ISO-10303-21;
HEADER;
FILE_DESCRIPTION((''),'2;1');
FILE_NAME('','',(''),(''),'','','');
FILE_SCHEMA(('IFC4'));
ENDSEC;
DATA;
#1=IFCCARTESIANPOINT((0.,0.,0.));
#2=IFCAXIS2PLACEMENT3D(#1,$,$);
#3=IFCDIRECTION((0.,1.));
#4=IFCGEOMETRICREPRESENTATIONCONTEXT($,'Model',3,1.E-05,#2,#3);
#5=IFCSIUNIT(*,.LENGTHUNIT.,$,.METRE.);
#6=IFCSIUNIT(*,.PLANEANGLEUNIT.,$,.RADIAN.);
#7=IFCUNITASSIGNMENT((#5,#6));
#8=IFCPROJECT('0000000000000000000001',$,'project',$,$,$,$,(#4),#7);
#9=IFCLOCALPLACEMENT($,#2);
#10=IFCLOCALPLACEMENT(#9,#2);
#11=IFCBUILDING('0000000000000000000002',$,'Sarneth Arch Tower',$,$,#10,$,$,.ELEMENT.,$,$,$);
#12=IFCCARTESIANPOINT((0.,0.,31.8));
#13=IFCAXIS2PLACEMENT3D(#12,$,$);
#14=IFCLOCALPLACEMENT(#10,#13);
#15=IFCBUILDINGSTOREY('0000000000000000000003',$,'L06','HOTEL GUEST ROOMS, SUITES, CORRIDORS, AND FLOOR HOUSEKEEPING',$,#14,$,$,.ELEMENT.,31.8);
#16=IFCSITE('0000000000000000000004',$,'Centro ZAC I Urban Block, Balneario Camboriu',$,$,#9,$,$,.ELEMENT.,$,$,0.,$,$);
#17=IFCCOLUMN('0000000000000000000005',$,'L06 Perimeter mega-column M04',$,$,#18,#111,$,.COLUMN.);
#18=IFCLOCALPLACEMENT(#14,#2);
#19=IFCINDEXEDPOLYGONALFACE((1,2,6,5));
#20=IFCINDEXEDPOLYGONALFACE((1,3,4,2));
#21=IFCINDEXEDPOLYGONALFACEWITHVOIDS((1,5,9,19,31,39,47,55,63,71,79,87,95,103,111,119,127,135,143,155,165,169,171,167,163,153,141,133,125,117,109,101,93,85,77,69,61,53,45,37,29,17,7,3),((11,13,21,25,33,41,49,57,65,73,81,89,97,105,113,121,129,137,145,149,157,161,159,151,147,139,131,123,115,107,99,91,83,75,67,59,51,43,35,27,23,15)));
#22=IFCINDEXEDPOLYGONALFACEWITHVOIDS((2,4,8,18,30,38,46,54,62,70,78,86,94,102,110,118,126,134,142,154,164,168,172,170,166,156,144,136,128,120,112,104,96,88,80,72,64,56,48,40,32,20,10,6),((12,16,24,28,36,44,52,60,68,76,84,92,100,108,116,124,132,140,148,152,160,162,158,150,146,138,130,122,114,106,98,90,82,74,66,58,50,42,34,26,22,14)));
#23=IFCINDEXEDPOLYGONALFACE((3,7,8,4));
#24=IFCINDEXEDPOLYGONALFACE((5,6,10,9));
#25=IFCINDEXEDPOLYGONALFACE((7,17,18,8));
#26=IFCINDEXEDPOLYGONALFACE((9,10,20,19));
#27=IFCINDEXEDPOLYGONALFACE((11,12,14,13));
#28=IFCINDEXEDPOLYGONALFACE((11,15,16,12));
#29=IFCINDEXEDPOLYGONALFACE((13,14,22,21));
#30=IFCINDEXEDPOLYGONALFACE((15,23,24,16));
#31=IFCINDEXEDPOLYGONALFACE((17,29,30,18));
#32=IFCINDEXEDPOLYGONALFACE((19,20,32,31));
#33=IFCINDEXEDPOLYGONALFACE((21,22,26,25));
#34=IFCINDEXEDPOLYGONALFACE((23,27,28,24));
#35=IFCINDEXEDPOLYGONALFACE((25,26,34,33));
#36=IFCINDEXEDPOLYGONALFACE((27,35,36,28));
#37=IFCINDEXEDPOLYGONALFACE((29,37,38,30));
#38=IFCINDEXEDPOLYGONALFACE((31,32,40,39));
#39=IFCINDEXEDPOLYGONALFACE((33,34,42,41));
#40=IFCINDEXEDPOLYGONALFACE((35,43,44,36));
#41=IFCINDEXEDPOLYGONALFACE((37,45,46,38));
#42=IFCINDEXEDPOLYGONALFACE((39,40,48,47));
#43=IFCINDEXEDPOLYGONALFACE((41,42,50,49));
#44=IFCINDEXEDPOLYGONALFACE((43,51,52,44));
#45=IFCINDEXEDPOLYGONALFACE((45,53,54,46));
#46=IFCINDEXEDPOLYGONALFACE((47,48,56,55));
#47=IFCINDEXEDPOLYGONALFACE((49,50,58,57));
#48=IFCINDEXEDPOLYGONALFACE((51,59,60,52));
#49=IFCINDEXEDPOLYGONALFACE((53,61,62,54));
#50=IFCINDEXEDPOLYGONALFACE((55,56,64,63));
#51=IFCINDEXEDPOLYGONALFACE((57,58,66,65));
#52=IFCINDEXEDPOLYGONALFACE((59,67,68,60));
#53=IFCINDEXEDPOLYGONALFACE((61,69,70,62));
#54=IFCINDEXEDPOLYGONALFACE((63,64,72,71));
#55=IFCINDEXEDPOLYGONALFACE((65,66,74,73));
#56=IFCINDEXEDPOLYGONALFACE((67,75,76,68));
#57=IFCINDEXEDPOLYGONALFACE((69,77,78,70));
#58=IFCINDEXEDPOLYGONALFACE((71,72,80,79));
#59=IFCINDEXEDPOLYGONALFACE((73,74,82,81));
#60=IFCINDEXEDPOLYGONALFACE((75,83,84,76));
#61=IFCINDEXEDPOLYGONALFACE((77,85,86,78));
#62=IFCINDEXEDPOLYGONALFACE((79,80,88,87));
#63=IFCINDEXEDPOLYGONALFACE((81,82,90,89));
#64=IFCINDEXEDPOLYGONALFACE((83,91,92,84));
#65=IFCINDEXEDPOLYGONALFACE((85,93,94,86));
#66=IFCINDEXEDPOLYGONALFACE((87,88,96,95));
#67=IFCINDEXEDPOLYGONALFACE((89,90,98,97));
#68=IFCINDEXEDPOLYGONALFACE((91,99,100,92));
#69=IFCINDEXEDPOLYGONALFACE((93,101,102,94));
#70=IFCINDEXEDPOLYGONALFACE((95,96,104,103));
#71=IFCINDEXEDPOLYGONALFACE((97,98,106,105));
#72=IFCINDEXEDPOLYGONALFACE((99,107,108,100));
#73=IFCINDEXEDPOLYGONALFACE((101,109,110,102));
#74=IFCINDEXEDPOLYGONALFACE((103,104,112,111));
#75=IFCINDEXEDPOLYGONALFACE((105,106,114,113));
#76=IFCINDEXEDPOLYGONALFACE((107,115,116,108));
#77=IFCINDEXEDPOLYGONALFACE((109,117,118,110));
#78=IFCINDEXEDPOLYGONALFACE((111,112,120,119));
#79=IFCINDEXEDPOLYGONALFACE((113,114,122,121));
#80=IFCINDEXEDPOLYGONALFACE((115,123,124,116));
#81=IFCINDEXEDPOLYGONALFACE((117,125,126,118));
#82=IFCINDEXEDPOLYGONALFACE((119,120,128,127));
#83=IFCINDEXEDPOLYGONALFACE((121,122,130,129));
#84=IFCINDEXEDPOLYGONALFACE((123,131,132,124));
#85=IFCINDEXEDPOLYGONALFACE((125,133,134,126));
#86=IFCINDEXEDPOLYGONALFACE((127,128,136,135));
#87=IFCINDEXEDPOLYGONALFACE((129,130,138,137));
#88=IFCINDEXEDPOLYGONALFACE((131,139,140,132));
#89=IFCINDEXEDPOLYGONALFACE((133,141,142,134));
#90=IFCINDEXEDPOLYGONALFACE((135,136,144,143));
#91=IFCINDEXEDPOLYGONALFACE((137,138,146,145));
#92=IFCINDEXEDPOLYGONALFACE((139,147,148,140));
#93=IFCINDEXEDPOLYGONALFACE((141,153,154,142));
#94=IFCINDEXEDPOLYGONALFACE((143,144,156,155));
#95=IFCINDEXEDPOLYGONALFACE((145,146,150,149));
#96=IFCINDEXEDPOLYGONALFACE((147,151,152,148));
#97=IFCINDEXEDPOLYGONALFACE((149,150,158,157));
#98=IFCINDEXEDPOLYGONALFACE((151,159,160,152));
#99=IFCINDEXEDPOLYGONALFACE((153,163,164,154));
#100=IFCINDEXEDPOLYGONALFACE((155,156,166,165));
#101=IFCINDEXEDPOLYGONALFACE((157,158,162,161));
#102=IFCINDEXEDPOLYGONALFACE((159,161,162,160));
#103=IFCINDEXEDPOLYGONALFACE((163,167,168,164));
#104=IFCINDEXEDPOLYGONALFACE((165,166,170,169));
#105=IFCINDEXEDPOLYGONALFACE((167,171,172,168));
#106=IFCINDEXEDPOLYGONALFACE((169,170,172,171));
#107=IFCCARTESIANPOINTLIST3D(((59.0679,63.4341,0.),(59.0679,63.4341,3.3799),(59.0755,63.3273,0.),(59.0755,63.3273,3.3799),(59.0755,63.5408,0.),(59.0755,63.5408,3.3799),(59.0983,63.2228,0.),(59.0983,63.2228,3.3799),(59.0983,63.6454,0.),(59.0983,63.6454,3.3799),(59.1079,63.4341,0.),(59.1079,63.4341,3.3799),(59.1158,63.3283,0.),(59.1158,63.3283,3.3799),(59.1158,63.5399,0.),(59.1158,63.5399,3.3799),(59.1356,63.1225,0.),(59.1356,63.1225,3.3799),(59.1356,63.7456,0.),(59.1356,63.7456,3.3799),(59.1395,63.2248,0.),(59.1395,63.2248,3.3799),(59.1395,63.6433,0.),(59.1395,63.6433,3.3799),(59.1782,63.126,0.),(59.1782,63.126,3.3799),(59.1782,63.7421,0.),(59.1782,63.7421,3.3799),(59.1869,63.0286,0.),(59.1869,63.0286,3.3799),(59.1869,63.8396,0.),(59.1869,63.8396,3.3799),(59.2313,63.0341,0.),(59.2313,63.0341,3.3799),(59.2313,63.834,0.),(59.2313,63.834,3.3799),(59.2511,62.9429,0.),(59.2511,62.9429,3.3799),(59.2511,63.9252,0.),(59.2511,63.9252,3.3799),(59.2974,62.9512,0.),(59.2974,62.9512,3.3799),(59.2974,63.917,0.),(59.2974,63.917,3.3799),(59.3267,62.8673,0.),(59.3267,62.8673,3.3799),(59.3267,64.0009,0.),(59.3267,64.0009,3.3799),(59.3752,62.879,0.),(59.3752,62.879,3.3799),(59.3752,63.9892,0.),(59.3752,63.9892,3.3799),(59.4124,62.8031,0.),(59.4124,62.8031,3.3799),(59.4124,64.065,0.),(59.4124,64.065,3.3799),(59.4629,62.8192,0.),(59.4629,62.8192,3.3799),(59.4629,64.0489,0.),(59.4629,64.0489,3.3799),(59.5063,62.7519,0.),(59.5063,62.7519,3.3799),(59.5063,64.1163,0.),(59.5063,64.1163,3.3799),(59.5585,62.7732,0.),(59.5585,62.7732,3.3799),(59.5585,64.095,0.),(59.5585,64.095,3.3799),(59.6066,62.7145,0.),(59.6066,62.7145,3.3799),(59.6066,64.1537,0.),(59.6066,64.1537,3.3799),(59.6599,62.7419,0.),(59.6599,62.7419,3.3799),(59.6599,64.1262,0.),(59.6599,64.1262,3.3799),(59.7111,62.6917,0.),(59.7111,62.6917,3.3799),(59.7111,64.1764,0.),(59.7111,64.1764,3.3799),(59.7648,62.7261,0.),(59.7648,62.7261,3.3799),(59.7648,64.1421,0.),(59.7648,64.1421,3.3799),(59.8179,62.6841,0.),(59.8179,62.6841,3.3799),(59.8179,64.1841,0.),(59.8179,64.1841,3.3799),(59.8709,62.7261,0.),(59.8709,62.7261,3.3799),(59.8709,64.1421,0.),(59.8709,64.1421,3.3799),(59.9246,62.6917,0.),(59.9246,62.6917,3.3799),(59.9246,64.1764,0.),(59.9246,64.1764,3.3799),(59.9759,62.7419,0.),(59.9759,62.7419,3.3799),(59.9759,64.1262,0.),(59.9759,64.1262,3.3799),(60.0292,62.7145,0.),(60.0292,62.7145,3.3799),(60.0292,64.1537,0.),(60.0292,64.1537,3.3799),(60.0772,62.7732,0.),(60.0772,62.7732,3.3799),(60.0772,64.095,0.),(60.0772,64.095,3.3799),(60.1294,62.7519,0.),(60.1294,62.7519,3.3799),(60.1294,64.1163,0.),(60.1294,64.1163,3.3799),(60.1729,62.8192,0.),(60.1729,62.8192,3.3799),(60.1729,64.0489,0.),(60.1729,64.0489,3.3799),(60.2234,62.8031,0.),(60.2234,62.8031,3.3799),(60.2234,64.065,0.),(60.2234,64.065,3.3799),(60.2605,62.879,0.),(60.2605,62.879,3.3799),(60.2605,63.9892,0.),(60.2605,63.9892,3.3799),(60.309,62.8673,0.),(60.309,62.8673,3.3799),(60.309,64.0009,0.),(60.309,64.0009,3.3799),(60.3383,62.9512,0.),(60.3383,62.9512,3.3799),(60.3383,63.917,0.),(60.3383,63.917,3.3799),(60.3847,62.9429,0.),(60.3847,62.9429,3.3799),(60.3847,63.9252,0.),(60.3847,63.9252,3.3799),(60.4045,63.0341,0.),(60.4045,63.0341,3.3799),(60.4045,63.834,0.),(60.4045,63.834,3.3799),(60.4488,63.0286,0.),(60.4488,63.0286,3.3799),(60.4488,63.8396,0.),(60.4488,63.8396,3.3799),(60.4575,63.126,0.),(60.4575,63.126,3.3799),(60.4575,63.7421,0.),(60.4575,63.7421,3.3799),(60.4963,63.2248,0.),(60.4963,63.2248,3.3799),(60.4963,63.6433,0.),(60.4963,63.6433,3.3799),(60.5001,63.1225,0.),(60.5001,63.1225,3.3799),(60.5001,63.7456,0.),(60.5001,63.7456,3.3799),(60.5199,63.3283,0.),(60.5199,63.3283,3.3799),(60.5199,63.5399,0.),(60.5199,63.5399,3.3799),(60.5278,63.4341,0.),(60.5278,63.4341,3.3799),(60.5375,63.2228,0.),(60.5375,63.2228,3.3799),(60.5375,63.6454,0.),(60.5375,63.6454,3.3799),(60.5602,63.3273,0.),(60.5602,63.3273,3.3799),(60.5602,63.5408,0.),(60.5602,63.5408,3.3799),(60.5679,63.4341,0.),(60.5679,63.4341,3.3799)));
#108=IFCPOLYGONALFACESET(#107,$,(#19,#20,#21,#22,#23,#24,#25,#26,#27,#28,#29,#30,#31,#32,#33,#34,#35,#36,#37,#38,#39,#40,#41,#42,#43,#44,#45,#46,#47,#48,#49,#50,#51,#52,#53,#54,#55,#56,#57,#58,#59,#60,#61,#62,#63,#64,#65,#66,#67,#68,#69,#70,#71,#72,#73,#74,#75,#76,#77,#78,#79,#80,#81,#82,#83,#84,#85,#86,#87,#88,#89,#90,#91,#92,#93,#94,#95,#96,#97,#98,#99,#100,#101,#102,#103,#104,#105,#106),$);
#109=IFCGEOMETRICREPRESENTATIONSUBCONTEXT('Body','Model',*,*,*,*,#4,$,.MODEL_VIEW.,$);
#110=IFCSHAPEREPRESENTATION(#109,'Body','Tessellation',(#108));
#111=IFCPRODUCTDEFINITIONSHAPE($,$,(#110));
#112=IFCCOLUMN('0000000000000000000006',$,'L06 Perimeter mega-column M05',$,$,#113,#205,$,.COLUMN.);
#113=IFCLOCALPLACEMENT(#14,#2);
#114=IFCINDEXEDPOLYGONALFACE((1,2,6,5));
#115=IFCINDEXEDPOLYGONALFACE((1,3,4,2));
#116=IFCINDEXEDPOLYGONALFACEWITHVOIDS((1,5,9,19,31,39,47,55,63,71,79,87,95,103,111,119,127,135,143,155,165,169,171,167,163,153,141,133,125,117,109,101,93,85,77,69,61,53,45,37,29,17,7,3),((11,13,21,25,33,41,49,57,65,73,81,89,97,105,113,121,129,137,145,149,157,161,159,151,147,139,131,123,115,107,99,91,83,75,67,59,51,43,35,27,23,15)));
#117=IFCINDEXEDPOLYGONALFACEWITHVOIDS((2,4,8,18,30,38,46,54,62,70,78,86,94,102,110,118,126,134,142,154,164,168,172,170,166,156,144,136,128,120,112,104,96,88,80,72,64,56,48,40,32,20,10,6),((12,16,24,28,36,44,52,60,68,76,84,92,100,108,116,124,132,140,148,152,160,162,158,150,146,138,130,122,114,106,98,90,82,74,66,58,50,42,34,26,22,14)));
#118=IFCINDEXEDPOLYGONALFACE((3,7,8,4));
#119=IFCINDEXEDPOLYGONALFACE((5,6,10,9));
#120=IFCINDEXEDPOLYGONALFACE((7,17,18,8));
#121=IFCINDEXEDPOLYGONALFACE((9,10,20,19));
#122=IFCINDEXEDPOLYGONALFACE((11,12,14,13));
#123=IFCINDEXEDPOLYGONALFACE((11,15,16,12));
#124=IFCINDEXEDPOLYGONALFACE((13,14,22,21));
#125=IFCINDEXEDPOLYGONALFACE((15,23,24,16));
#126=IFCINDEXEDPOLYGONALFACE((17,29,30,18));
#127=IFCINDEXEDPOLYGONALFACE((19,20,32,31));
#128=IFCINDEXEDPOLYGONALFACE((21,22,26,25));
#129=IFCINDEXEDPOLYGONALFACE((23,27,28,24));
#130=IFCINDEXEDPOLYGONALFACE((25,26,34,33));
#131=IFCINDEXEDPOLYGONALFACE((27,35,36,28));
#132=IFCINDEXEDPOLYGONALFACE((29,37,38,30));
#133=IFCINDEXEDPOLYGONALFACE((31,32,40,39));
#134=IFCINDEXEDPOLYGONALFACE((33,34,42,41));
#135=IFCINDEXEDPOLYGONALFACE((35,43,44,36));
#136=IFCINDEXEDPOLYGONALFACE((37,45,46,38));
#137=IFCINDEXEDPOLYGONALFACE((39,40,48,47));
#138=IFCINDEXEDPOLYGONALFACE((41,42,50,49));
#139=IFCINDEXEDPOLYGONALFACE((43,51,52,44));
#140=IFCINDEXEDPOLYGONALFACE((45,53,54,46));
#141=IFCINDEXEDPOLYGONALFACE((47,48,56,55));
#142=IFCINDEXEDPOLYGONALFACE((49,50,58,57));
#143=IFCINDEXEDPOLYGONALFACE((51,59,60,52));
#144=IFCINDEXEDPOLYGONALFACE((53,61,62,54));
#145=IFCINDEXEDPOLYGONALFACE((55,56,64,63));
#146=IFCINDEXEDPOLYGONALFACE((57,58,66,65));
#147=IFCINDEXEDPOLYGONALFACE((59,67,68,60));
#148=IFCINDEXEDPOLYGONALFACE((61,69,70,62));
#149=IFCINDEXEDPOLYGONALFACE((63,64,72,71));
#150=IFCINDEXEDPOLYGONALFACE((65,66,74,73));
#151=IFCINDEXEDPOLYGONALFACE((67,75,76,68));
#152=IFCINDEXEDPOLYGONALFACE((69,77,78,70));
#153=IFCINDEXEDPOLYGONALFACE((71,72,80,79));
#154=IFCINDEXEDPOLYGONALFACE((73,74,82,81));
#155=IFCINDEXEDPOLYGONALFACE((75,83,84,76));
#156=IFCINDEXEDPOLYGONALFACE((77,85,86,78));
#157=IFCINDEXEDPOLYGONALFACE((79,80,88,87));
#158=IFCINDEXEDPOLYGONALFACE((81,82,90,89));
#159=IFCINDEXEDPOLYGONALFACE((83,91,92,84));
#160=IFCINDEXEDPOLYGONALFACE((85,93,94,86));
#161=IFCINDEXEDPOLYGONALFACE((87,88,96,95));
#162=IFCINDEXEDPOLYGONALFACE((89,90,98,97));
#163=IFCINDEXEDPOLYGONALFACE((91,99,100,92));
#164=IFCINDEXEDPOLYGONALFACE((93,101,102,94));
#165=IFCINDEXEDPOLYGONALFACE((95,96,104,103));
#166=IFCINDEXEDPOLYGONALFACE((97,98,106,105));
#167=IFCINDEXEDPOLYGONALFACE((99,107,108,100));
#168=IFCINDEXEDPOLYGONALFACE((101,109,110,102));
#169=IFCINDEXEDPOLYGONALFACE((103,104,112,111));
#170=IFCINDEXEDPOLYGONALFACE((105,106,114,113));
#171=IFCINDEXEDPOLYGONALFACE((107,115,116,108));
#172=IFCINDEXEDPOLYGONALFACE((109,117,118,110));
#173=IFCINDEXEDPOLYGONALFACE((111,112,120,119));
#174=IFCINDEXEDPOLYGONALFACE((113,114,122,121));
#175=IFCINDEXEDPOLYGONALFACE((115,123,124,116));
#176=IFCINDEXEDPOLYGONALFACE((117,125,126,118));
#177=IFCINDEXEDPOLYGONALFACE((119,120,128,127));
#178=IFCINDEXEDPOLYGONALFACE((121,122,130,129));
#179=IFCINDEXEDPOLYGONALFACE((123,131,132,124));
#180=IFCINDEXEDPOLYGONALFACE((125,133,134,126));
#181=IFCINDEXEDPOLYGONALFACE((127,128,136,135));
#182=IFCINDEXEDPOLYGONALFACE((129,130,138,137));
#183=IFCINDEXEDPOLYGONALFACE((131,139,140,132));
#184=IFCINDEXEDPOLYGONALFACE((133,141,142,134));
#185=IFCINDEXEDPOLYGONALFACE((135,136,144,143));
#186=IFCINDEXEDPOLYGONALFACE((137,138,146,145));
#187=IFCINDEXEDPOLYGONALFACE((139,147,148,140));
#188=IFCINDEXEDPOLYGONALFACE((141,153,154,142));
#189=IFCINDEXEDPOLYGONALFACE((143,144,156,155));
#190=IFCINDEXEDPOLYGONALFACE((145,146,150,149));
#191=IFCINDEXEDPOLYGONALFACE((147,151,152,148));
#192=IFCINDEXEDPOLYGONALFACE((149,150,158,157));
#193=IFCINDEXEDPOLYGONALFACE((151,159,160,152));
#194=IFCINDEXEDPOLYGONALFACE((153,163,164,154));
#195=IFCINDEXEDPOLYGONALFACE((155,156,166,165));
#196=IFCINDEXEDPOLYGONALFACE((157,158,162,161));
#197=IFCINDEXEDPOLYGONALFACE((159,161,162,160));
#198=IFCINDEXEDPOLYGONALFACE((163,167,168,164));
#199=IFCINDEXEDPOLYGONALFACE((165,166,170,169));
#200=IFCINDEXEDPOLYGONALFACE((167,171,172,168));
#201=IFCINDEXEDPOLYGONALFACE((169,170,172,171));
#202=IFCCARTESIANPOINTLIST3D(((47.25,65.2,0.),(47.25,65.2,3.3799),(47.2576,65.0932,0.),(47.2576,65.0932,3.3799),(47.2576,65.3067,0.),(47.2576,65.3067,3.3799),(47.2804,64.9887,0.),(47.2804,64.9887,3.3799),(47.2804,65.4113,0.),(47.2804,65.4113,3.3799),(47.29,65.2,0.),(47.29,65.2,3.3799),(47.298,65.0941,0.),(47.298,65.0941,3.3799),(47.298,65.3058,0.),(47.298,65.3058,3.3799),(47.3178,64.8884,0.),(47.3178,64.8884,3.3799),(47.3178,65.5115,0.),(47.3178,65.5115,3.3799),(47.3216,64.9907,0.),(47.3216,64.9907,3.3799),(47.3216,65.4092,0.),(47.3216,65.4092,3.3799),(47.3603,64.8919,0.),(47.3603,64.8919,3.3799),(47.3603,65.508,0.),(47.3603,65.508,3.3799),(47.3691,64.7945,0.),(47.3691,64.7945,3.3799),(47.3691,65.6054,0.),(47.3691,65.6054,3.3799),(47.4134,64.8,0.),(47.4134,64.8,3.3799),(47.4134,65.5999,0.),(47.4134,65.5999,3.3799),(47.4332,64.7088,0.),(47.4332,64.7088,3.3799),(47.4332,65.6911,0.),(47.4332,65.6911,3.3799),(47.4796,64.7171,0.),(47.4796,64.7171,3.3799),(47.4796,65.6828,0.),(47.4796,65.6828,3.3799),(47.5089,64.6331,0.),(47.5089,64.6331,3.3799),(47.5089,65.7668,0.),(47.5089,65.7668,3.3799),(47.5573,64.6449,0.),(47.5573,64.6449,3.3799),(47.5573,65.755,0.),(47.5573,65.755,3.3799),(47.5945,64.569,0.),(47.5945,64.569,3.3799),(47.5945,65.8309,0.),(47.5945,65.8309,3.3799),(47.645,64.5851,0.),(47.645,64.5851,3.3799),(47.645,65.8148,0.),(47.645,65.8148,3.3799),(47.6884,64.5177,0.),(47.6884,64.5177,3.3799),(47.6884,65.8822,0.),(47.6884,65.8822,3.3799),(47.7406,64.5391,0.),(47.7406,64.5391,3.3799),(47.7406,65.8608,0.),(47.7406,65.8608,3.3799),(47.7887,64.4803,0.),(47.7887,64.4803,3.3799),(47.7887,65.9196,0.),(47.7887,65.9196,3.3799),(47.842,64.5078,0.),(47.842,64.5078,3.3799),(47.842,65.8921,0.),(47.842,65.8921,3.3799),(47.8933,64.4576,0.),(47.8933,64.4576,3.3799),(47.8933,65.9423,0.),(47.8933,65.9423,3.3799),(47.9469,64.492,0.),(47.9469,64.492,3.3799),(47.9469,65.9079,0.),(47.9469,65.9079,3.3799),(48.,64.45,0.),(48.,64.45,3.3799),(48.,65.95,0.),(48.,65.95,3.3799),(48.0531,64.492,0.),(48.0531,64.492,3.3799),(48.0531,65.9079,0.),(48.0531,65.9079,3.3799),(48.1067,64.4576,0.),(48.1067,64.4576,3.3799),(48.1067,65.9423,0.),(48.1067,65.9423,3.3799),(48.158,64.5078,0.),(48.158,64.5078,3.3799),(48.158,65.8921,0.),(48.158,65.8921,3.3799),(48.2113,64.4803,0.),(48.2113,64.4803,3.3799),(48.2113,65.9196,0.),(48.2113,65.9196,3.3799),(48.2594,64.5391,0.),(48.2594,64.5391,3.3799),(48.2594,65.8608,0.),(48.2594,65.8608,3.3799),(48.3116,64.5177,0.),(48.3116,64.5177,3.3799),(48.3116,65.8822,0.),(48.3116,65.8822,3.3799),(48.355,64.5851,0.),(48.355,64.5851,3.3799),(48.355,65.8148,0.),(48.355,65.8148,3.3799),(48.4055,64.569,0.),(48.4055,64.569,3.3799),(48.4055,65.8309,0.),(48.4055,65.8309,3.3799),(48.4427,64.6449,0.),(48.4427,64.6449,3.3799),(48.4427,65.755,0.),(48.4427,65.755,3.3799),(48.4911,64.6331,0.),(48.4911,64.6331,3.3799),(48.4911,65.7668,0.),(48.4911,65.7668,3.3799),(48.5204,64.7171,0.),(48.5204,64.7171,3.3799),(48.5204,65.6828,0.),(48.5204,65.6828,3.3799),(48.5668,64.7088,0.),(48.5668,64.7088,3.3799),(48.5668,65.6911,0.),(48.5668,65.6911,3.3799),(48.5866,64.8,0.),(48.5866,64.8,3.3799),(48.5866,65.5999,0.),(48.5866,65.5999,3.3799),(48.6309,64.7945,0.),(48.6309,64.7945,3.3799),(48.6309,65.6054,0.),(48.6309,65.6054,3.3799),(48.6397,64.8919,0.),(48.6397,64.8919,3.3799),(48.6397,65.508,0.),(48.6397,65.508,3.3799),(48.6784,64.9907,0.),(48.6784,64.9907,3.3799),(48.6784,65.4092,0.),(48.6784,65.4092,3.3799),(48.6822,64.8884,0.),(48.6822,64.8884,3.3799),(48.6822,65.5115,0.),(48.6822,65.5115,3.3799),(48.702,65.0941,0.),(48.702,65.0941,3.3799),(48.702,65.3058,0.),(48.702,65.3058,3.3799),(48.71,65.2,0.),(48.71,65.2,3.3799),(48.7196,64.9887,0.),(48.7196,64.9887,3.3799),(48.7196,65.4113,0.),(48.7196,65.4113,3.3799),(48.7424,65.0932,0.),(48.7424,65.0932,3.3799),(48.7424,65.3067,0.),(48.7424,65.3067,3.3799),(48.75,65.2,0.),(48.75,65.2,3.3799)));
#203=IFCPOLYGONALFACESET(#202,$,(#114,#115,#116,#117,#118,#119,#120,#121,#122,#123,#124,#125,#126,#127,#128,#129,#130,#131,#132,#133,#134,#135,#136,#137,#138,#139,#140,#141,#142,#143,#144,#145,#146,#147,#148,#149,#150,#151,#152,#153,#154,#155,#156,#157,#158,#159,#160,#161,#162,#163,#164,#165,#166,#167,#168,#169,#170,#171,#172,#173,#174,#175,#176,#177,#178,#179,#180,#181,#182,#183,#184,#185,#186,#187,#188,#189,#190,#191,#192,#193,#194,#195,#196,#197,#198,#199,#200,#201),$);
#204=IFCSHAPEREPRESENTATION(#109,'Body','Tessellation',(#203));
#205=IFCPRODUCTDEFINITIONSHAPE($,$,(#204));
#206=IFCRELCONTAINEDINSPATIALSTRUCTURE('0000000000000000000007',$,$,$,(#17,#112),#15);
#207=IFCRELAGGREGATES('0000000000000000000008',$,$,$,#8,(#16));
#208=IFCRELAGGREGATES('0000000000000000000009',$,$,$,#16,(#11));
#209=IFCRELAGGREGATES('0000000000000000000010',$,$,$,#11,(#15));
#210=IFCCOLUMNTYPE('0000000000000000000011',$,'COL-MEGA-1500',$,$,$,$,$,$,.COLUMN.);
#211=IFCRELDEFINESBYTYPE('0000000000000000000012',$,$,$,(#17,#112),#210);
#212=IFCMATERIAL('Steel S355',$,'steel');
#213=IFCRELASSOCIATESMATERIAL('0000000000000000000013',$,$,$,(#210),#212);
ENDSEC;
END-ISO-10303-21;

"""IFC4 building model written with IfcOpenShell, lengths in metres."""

from ifc_helpers import new_model, si_unit, direction, frame, origin, origin_2d, place, context, subcontext, project, spatial, hollow_circle, extrude, material, material_profile, profile_set, type_object, element, save


model = new_model("IFC4")

# Units and contexts
model_context = context("Model", 3, precision=1e-05, world=origin(), true_north=direction((0.0, 1.0)))
body_context = subcontext(model_context, "Body", "Model", "MODEL_VIEW")
ifc_project = project(units=[si_unit("LENGTHUNIT", "METRE"), si_unit("PLANEANGLEUNIT", "RADIAN")], contexts=[model_context])

# Site, building, storey
site_placement = place(None, origin())
site = spatial("IfcSite", under=ifc_project, at=site_placement, Name="Centro ZAC I Urban Block, Balneario Camboriu", CompositionType="ELEMENT", RefElevation=0.0)
building_placement = place(site_placement, origin())
building = spatial("IfcBuilding", under=site, at=building_placement, Name="Sarneth Arch Tower", CompositionType="ELEMENT")
storey_placement = place(building_placement, frame((0.0, 0.0, 31.8)))
storey = spatial("IfcBuildingStorey", under=building, at=storey_placement, Name="L06", Description="HOTEL GUEST ROOMS, SUITES, CORRIDORS, AND FLOOR HOUSEKEEPING", CompositionType="ELEMENT", Elevation=31.8)

# Columns
ifc_material_1 = material(Name="Steel S355", Category="steel")
ifc_material_profile_1 = material_profile(ifc_material_1, hollow_circle(Radius=0.75, WallThickness=0.04, at=origin_2d()), Name="CHS1500x40")
ifc_profile_set_1 = profile_set([ifc_material_profile_1], Name="Steel S355")
column_type = type_object("IfcColumnType", Name="COL-MEGA-1500", PredefinedType="COLUMN", material=ifc_profile_set_1)
for number, where, z_axis, x_axis, name in (
    (1, (59.8179, 63.4341, 0.0), (0.0, 0.0, 1.0), (1.0, 0.0, 0.0), "L06 Perimeter mega-column M04"),
    (2, (48.0, 65.2, 0.0), (0.0, 0.0, 1.0), (1.0, 0.0, 0.0), "L06 Perimeter mega-column M05"),
):
    element("IfcColumn", number, at=place(storey_placement, frame(where, z_axis=z_axis, x_axis=x_axis)), inside=storey, type_object=column_type, Name=name, PredefinedType="COLUMN", context=body_context, shape_type="SweptSolid", body=[
        extrude(hollow_circle(Radius=0.75, WallThickness=0.04, at=origin_2d()), origin(), (0.0, 0.0, 1.0), 3.3799),
    ])

save(model, "model.ifc")
